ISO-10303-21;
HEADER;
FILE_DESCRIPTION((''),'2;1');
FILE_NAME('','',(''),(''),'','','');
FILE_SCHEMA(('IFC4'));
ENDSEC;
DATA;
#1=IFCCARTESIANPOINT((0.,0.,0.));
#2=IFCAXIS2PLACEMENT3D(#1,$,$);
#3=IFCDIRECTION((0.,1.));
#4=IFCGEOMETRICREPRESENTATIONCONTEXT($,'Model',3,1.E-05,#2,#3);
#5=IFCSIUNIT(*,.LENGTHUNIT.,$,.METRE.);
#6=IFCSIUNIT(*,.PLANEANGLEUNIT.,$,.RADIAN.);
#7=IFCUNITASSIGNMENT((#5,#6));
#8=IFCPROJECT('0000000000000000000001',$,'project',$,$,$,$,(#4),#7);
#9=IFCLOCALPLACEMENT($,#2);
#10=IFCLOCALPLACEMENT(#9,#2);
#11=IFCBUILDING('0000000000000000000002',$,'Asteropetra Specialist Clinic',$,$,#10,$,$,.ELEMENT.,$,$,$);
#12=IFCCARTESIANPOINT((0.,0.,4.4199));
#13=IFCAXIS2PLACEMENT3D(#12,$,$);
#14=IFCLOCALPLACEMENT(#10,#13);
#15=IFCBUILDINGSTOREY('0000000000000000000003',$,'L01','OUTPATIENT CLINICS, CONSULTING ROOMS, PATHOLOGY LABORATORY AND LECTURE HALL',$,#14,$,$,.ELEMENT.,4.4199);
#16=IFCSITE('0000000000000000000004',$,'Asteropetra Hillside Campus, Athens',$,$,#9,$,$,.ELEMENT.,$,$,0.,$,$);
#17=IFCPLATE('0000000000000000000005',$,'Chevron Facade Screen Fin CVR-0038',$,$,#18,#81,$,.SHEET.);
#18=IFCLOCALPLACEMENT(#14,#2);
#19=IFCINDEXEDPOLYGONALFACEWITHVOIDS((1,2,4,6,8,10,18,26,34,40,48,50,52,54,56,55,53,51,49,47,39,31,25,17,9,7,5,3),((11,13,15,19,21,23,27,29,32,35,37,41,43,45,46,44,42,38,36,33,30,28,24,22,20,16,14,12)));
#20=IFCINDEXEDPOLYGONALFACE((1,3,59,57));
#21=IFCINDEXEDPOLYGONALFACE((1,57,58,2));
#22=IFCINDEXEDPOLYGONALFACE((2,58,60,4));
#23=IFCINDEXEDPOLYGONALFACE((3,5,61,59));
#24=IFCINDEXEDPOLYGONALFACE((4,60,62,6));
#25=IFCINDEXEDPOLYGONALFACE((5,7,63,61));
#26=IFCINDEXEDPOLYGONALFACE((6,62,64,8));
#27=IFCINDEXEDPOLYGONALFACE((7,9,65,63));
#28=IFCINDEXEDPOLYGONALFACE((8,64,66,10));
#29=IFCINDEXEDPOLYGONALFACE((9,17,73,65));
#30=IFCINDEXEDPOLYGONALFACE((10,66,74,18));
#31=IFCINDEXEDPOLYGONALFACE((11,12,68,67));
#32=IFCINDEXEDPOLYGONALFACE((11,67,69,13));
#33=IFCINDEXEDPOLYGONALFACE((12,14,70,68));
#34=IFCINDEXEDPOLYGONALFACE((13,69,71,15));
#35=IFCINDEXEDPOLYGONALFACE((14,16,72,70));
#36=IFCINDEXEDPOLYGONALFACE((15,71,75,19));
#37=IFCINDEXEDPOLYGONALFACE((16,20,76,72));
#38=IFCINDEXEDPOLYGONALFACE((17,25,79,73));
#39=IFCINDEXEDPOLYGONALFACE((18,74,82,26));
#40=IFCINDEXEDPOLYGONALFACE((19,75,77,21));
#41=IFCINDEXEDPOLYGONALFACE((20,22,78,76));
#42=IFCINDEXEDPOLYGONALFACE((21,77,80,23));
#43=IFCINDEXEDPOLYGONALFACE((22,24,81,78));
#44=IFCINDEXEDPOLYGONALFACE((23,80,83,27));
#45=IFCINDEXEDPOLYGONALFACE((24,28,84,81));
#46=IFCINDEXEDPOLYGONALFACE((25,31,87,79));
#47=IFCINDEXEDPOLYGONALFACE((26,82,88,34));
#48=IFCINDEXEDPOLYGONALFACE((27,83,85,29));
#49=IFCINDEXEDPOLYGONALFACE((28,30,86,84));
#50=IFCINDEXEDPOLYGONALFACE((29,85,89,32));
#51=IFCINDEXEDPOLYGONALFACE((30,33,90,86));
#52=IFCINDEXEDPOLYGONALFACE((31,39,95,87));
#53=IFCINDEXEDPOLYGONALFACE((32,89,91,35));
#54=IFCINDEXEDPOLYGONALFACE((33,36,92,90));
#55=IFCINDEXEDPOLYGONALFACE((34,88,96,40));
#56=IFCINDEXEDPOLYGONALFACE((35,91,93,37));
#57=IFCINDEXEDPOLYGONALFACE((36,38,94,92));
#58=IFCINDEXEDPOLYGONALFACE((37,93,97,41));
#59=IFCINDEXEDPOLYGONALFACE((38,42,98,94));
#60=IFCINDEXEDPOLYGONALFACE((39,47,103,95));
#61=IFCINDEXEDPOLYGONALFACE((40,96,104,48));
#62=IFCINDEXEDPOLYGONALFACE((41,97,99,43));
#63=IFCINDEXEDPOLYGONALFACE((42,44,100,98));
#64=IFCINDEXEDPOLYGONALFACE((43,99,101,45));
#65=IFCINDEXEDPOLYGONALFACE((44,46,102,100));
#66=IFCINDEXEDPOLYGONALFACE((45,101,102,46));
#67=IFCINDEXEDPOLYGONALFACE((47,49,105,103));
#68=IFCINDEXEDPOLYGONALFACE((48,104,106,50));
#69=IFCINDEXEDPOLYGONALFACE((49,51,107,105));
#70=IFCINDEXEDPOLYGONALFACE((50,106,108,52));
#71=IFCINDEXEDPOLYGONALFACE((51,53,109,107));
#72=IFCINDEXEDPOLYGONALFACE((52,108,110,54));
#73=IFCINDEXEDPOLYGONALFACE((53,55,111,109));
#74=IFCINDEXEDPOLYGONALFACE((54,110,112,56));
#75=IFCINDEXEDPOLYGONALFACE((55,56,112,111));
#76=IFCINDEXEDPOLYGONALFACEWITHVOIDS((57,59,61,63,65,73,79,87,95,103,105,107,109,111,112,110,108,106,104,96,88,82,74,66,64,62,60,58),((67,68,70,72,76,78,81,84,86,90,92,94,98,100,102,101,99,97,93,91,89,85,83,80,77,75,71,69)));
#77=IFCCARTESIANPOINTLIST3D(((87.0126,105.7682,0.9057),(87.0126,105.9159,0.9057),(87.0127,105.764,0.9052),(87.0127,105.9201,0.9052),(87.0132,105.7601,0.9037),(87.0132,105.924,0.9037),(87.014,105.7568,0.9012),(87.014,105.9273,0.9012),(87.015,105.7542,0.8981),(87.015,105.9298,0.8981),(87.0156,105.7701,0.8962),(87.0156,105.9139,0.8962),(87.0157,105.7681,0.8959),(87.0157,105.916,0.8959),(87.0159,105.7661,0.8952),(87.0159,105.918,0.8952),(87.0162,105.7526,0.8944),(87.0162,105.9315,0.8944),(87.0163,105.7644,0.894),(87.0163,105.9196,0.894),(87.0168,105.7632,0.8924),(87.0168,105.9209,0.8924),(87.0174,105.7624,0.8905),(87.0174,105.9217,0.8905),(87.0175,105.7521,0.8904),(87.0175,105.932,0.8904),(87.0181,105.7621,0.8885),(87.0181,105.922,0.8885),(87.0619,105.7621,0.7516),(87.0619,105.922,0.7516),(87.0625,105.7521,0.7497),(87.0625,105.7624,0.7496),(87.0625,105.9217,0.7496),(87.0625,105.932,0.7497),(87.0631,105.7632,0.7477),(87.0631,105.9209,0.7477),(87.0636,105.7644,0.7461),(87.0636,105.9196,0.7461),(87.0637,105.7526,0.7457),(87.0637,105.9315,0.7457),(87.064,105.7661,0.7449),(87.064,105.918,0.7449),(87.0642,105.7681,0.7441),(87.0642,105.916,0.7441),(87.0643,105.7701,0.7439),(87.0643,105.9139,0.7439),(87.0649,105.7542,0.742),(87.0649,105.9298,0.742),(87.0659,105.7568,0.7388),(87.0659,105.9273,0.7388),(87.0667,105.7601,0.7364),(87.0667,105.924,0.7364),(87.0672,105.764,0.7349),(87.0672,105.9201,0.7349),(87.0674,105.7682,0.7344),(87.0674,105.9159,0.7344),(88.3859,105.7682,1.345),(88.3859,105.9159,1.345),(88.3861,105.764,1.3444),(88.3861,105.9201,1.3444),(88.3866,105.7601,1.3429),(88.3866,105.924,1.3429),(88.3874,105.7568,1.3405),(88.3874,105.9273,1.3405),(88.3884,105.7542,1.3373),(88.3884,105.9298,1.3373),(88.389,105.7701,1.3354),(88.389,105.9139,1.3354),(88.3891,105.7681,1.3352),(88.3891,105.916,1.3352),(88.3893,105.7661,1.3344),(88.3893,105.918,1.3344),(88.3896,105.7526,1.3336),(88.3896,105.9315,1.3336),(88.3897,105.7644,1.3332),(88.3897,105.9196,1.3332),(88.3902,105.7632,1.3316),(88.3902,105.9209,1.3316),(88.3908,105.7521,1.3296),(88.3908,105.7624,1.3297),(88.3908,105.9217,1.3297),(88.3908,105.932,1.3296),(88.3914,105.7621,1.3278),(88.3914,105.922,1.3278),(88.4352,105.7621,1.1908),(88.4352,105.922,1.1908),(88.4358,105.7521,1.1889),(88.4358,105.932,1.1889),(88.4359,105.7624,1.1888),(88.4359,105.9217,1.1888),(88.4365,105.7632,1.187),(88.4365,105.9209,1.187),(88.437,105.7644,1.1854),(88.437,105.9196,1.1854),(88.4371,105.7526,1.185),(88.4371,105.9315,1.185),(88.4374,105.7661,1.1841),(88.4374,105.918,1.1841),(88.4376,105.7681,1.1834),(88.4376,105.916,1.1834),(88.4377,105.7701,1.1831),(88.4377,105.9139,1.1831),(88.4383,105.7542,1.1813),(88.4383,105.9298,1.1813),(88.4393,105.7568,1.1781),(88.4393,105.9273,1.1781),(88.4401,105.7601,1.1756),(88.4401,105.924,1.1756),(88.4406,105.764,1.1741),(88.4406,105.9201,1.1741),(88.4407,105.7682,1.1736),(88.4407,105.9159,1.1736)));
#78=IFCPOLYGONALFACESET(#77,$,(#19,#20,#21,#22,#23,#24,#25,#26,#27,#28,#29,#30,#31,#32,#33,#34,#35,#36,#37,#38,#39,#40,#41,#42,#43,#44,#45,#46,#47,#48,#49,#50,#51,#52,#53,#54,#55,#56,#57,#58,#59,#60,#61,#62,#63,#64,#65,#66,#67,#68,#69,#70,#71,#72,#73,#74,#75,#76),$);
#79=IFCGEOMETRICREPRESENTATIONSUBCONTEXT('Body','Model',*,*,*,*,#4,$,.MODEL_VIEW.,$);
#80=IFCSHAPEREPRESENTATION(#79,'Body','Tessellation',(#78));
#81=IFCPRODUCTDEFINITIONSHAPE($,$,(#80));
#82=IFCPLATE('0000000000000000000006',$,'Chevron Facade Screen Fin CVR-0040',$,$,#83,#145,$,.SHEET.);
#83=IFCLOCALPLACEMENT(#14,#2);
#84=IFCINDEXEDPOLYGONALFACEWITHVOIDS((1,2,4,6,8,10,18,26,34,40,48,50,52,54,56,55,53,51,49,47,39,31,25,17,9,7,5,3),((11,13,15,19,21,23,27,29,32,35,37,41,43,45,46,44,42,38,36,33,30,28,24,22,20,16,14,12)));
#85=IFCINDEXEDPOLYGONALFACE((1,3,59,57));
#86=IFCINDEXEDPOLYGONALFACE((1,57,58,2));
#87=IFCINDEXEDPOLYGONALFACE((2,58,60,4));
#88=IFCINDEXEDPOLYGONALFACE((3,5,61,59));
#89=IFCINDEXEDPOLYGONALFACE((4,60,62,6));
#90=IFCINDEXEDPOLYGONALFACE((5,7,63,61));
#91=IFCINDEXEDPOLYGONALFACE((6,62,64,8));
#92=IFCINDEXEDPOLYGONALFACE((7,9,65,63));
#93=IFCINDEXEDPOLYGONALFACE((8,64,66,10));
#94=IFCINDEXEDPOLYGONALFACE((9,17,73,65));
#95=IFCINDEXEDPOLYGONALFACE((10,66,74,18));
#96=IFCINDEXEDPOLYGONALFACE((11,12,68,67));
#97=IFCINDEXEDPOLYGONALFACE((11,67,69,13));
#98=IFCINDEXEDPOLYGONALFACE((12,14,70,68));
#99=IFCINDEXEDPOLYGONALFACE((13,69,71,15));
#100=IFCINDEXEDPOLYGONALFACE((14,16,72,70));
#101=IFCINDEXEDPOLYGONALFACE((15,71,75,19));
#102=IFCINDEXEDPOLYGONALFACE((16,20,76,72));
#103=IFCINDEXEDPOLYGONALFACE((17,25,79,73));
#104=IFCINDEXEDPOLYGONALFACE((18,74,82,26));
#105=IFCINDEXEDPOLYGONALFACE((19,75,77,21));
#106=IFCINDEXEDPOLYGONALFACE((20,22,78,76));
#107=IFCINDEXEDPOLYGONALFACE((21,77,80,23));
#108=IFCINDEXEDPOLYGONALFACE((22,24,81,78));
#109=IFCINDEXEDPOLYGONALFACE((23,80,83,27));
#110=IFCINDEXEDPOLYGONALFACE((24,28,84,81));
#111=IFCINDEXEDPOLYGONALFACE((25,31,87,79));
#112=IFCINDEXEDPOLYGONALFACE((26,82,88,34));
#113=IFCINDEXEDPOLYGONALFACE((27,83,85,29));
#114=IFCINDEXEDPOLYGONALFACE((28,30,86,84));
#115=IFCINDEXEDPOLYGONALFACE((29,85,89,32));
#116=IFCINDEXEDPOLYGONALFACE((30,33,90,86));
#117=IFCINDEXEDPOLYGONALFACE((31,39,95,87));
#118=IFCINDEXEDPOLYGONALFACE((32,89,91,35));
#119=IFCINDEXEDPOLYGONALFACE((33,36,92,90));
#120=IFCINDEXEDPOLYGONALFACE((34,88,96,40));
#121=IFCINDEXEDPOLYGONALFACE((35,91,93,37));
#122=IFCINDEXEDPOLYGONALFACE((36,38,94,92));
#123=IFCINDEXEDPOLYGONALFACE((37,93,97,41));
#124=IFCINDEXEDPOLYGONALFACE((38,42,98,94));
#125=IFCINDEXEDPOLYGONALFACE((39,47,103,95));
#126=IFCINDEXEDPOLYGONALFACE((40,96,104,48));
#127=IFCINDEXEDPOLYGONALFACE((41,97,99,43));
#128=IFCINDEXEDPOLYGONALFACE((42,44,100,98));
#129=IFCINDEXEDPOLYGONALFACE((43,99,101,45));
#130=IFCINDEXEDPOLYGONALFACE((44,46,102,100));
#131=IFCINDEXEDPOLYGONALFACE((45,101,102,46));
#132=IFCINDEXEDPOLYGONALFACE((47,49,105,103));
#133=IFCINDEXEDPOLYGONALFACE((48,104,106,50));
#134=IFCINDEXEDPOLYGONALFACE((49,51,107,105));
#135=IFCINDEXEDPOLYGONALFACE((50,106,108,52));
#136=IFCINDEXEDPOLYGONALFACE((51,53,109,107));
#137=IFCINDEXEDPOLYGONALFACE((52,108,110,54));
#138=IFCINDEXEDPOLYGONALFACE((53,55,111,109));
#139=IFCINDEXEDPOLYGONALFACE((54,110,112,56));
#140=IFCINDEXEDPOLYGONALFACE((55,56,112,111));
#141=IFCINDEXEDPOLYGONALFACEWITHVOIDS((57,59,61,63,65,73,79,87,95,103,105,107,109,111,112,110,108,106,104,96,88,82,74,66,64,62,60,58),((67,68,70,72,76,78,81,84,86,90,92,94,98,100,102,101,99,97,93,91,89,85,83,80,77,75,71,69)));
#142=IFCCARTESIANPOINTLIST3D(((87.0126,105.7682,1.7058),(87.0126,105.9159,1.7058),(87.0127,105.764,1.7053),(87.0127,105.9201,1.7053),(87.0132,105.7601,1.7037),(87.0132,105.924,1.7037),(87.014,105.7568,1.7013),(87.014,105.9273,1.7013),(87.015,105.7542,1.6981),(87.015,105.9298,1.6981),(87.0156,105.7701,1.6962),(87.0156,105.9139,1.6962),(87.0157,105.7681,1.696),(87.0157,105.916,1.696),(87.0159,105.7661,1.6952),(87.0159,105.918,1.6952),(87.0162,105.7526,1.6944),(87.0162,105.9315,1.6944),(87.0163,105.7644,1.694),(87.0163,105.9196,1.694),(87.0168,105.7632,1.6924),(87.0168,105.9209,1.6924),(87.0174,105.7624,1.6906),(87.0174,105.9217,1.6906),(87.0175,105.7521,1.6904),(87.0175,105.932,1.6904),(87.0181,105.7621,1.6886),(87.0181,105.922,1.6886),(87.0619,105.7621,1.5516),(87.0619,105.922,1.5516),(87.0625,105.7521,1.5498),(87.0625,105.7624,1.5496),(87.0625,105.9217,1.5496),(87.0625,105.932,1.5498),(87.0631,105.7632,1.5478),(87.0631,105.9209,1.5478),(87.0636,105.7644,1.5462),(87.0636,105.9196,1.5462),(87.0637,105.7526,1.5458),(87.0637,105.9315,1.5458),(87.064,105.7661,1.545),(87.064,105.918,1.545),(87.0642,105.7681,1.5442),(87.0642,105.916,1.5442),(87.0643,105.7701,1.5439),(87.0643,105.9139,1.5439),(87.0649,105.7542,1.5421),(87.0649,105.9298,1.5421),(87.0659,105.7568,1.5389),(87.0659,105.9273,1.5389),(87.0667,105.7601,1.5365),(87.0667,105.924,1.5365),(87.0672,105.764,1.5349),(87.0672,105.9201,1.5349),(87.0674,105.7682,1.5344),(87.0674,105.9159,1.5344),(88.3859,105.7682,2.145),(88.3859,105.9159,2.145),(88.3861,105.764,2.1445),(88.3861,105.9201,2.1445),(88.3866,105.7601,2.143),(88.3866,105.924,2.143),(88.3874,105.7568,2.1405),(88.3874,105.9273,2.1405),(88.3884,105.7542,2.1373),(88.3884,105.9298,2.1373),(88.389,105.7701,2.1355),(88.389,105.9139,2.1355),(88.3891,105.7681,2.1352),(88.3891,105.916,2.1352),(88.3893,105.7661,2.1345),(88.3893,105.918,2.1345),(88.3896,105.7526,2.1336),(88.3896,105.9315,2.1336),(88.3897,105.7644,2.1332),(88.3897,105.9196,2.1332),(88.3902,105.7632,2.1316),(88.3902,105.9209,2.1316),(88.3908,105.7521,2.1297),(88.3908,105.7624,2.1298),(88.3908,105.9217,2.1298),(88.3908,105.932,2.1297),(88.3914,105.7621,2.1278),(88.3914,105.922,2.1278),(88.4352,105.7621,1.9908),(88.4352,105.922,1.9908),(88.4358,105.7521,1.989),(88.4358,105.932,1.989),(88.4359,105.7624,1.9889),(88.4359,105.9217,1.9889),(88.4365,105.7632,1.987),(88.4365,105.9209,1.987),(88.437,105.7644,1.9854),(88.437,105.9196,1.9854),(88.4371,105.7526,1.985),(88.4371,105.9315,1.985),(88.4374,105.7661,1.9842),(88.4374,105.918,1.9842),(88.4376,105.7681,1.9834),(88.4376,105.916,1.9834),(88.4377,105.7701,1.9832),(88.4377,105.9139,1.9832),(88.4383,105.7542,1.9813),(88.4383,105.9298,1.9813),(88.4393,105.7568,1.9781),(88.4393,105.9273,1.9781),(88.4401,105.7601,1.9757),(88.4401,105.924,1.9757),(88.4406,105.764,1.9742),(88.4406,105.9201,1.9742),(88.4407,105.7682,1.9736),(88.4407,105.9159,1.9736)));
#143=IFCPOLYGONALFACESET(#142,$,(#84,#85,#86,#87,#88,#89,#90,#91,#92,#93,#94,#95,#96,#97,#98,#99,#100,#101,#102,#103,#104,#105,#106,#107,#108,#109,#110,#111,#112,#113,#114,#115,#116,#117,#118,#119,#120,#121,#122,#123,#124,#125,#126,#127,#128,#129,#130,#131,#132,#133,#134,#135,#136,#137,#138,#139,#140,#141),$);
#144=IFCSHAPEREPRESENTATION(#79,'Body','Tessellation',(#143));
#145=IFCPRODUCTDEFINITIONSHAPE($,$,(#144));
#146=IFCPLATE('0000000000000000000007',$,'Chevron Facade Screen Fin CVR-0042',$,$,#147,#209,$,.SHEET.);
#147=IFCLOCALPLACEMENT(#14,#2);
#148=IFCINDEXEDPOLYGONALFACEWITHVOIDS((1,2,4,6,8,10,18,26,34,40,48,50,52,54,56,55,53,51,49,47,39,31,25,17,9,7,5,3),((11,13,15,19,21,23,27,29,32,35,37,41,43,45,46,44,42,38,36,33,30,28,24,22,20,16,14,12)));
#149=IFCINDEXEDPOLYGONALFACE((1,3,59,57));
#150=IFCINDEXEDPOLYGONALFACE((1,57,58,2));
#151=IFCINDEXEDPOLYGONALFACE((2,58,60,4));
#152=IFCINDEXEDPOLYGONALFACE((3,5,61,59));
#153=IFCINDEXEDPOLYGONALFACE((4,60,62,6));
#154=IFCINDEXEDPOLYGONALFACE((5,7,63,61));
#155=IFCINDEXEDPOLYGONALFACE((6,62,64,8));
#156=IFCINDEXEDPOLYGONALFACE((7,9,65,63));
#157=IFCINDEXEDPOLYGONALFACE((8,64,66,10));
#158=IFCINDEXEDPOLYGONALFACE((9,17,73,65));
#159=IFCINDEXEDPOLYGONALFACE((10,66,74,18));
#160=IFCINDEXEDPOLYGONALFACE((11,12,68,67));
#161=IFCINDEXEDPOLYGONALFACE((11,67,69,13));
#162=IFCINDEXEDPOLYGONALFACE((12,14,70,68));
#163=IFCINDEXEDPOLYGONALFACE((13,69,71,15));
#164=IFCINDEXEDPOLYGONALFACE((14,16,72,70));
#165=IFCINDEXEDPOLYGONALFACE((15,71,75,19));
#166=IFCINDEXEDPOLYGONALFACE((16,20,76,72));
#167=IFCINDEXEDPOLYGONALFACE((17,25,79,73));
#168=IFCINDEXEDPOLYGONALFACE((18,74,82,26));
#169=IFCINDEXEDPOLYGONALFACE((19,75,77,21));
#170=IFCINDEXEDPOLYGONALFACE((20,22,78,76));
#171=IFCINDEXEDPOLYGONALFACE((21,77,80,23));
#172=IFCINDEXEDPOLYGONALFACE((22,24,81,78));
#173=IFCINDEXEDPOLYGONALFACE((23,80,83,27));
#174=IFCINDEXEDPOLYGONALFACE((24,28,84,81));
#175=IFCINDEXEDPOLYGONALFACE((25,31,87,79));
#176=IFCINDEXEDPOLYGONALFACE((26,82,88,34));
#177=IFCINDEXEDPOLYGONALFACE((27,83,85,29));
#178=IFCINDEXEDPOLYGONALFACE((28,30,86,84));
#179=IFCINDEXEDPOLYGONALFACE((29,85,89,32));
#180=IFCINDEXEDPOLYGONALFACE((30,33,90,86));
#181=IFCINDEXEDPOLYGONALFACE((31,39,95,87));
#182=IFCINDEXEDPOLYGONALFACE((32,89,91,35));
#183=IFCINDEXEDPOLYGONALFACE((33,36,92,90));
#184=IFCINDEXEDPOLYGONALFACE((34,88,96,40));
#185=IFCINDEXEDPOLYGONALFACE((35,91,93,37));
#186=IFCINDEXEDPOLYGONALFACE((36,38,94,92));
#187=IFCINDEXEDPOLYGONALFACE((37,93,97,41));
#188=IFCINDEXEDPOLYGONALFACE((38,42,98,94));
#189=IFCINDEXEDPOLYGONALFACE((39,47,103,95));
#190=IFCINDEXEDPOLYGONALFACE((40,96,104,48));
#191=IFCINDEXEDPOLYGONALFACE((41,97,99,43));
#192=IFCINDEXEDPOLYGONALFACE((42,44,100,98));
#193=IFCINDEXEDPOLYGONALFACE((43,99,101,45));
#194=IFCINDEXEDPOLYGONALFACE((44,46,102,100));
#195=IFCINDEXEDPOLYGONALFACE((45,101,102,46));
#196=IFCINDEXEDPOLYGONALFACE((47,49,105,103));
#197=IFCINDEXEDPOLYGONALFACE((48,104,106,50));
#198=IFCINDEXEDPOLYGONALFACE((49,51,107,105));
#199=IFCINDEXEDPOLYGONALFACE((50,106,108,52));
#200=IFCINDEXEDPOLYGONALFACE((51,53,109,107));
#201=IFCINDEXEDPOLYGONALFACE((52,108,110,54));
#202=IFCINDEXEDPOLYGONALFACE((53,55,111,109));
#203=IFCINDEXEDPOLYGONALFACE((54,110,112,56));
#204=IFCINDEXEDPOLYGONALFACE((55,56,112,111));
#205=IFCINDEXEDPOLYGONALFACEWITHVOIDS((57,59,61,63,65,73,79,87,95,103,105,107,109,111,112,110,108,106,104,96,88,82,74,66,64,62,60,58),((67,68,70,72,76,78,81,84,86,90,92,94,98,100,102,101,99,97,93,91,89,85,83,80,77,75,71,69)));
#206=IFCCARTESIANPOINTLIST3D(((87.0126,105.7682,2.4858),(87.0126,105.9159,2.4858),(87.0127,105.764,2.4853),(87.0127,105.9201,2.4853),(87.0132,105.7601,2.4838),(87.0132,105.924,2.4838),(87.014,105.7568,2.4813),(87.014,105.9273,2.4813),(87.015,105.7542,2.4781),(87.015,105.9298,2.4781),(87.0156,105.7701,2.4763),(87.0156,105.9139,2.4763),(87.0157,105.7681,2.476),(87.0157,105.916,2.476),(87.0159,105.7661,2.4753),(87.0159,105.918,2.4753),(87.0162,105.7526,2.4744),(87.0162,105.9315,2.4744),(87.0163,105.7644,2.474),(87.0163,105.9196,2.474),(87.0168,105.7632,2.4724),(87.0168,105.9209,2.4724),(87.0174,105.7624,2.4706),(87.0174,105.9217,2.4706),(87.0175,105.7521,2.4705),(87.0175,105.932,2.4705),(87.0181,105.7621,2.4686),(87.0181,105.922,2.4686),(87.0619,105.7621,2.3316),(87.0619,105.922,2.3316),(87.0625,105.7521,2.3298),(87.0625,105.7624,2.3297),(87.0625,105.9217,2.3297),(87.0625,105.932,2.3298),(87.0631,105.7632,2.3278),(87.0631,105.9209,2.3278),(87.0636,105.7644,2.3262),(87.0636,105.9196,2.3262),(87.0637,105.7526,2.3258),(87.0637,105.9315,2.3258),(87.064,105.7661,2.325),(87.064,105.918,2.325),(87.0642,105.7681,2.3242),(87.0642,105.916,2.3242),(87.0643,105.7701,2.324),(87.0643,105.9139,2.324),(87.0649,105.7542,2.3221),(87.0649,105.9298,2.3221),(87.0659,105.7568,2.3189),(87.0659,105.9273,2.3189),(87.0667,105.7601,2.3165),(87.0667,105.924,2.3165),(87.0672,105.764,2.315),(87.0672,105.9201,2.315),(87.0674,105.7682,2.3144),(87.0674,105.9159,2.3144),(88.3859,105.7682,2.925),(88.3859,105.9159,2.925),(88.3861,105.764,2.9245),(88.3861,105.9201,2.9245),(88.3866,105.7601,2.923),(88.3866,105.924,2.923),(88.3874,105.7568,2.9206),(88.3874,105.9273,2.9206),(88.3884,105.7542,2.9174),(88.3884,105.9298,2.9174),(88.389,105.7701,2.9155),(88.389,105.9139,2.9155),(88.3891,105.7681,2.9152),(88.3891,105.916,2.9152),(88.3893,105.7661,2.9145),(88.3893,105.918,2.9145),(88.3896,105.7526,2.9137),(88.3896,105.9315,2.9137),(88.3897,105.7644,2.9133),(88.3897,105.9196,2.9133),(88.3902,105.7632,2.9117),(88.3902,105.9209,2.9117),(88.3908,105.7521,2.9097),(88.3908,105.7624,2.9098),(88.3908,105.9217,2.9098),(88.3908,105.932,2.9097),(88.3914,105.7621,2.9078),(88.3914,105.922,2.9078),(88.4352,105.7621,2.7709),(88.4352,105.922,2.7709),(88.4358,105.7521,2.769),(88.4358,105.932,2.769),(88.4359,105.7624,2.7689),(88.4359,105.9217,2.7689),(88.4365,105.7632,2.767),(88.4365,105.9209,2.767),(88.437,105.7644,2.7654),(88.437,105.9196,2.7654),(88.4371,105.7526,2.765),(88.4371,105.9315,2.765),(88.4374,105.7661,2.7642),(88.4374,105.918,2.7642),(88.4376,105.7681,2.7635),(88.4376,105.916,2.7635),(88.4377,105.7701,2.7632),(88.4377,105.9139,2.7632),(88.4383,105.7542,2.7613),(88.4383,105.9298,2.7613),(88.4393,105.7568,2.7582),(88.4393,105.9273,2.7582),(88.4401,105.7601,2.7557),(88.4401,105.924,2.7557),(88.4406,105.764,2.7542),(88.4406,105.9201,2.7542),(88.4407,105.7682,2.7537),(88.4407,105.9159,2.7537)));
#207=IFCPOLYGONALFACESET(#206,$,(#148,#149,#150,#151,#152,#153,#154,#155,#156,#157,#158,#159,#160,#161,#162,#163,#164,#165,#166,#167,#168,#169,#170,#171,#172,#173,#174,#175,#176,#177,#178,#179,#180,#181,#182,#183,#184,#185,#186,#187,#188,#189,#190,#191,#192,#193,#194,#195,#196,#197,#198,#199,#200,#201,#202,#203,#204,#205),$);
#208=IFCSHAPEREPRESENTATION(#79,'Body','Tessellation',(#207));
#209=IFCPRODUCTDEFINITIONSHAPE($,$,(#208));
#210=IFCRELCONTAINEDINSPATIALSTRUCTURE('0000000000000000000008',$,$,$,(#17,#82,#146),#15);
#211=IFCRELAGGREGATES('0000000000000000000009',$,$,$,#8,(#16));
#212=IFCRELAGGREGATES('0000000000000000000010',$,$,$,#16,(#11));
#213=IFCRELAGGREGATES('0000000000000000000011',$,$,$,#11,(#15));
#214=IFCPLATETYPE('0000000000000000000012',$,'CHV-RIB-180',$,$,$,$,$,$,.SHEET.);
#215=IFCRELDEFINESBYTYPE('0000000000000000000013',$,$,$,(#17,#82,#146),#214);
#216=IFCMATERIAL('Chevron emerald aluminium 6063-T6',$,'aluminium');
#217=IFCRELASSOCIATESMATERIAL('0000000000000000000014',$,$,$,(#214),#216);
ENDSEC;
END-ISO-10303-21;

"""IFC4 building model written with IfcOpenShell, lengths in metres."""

from ifc_helpers import new_model, si_unit, direction, frame, origin, origin_2d, place, context, subcontext, project, spatial, hollow_rectangle, extrude, material, material_profile, profile_set, type_object, element, save


model = new_model("IFC4")

# Units and contexts
model_context = context("Model", 3, precision=1e-05, world=origin(), true_north=direction((0.0, 1.0)))
body_context = subcontext(model_context, "Body", "Model", "MODEL_VIEW")
ifc_project = project(units=[si_unit("LENGTHUNIT", "METRE"), si_unit("PLANEANGLEUNIT", "RADIAN")], contexts=[model_context])

# Site, building, storey
site_placement = place(None, origin())
site = spatial("IfcSite", under=ifc_project, at=site_placement, Name="Asteropetra Hillside Campus, Athens", CompositionType="ELEMENT", RefElevation=0.0)
building_placement = place(site_placement, origin())
building = spatial("IfcBuilding", under=site, at=building_placement, Name="Asteropetra Specialist Clinic", CompositionType="ELEMENT")
storey_placement = place(building_placement, frame((0.0, 0.0, 4.4199)))
storey = spatial("IfcBuildingStorey", under=building, at=storey_placement, Name="L01", Description="OUTPATIENT CLINICS, CONSULTING ROOMS, PATHOLOGY LABORATORY AND LECTURE HALL", CompositionType="ELEMENT", Elevation=4.4199)

# Plates
ifc_material_1 = material(Name="Chevron emerald aluminium 6063-T6", Category="aluminium")
ifc_material_profile_1 = material_profile(ifc_material_1, hollow_rectangle(XDim=0.1799, YDim=0.1799, WallThickness=0.01, InnerFilletRadius=0.0081, OuterFilletRadius=0.0161, at=origin_2d()), Name="SHS 180x180x10.0")
ifc_profile_set_1 = profile_set([ifc_material_profile_1], Name="Chevron emerald aluminium 6063-T6")
plate_type = type_object("IfcPlateType", Name="CHV-RIB-180", PredefinedType="SHEET", material=ifc_profile_set_1)
for number, where, z_axis, x_axis, name in (
    (1, (88.4133, 105.842, 1.2593), (-0.952473, 0.0, -0.304622), (0.0, -1.0, 0.0), "Chevron Facade Screen Fin CVR-0038"),
    (2, (88.4133, 105.842, 2.0593), (-0.952473, 0.0, -0.304622), (0.0, -1.0, 0.0), "Chevron Facade Screen Fin CVR-0040"),
    (3, (88.4133, 105.842, 2.8394), (-0.952473, 0.0, -0.304622), (0.0, -1.0, 0.0), "Chevron Facade Screen Fin CVR-0042"),
):
    element("IfcPlate", number, at=place(storey_placement, frame(where, z_axis=z_axis, x_axis=x_axis)), inside=storey, type_object=plate_type, Name=name, PredefinedType="SHEET", context=body_context, shape_type="SweptSolid", body=[
        extrude(hollow_rectangle(XDim=0.1799, YDim=0.1799, WallThickness=0.01, InnerFilletRadius=0.0081, OuterFilletRadius=0.0161, at=origin_2d()), origin(), (0.0, 0.0, 1.0), 1.4419),
    ])

save(model, "model.ifc")
